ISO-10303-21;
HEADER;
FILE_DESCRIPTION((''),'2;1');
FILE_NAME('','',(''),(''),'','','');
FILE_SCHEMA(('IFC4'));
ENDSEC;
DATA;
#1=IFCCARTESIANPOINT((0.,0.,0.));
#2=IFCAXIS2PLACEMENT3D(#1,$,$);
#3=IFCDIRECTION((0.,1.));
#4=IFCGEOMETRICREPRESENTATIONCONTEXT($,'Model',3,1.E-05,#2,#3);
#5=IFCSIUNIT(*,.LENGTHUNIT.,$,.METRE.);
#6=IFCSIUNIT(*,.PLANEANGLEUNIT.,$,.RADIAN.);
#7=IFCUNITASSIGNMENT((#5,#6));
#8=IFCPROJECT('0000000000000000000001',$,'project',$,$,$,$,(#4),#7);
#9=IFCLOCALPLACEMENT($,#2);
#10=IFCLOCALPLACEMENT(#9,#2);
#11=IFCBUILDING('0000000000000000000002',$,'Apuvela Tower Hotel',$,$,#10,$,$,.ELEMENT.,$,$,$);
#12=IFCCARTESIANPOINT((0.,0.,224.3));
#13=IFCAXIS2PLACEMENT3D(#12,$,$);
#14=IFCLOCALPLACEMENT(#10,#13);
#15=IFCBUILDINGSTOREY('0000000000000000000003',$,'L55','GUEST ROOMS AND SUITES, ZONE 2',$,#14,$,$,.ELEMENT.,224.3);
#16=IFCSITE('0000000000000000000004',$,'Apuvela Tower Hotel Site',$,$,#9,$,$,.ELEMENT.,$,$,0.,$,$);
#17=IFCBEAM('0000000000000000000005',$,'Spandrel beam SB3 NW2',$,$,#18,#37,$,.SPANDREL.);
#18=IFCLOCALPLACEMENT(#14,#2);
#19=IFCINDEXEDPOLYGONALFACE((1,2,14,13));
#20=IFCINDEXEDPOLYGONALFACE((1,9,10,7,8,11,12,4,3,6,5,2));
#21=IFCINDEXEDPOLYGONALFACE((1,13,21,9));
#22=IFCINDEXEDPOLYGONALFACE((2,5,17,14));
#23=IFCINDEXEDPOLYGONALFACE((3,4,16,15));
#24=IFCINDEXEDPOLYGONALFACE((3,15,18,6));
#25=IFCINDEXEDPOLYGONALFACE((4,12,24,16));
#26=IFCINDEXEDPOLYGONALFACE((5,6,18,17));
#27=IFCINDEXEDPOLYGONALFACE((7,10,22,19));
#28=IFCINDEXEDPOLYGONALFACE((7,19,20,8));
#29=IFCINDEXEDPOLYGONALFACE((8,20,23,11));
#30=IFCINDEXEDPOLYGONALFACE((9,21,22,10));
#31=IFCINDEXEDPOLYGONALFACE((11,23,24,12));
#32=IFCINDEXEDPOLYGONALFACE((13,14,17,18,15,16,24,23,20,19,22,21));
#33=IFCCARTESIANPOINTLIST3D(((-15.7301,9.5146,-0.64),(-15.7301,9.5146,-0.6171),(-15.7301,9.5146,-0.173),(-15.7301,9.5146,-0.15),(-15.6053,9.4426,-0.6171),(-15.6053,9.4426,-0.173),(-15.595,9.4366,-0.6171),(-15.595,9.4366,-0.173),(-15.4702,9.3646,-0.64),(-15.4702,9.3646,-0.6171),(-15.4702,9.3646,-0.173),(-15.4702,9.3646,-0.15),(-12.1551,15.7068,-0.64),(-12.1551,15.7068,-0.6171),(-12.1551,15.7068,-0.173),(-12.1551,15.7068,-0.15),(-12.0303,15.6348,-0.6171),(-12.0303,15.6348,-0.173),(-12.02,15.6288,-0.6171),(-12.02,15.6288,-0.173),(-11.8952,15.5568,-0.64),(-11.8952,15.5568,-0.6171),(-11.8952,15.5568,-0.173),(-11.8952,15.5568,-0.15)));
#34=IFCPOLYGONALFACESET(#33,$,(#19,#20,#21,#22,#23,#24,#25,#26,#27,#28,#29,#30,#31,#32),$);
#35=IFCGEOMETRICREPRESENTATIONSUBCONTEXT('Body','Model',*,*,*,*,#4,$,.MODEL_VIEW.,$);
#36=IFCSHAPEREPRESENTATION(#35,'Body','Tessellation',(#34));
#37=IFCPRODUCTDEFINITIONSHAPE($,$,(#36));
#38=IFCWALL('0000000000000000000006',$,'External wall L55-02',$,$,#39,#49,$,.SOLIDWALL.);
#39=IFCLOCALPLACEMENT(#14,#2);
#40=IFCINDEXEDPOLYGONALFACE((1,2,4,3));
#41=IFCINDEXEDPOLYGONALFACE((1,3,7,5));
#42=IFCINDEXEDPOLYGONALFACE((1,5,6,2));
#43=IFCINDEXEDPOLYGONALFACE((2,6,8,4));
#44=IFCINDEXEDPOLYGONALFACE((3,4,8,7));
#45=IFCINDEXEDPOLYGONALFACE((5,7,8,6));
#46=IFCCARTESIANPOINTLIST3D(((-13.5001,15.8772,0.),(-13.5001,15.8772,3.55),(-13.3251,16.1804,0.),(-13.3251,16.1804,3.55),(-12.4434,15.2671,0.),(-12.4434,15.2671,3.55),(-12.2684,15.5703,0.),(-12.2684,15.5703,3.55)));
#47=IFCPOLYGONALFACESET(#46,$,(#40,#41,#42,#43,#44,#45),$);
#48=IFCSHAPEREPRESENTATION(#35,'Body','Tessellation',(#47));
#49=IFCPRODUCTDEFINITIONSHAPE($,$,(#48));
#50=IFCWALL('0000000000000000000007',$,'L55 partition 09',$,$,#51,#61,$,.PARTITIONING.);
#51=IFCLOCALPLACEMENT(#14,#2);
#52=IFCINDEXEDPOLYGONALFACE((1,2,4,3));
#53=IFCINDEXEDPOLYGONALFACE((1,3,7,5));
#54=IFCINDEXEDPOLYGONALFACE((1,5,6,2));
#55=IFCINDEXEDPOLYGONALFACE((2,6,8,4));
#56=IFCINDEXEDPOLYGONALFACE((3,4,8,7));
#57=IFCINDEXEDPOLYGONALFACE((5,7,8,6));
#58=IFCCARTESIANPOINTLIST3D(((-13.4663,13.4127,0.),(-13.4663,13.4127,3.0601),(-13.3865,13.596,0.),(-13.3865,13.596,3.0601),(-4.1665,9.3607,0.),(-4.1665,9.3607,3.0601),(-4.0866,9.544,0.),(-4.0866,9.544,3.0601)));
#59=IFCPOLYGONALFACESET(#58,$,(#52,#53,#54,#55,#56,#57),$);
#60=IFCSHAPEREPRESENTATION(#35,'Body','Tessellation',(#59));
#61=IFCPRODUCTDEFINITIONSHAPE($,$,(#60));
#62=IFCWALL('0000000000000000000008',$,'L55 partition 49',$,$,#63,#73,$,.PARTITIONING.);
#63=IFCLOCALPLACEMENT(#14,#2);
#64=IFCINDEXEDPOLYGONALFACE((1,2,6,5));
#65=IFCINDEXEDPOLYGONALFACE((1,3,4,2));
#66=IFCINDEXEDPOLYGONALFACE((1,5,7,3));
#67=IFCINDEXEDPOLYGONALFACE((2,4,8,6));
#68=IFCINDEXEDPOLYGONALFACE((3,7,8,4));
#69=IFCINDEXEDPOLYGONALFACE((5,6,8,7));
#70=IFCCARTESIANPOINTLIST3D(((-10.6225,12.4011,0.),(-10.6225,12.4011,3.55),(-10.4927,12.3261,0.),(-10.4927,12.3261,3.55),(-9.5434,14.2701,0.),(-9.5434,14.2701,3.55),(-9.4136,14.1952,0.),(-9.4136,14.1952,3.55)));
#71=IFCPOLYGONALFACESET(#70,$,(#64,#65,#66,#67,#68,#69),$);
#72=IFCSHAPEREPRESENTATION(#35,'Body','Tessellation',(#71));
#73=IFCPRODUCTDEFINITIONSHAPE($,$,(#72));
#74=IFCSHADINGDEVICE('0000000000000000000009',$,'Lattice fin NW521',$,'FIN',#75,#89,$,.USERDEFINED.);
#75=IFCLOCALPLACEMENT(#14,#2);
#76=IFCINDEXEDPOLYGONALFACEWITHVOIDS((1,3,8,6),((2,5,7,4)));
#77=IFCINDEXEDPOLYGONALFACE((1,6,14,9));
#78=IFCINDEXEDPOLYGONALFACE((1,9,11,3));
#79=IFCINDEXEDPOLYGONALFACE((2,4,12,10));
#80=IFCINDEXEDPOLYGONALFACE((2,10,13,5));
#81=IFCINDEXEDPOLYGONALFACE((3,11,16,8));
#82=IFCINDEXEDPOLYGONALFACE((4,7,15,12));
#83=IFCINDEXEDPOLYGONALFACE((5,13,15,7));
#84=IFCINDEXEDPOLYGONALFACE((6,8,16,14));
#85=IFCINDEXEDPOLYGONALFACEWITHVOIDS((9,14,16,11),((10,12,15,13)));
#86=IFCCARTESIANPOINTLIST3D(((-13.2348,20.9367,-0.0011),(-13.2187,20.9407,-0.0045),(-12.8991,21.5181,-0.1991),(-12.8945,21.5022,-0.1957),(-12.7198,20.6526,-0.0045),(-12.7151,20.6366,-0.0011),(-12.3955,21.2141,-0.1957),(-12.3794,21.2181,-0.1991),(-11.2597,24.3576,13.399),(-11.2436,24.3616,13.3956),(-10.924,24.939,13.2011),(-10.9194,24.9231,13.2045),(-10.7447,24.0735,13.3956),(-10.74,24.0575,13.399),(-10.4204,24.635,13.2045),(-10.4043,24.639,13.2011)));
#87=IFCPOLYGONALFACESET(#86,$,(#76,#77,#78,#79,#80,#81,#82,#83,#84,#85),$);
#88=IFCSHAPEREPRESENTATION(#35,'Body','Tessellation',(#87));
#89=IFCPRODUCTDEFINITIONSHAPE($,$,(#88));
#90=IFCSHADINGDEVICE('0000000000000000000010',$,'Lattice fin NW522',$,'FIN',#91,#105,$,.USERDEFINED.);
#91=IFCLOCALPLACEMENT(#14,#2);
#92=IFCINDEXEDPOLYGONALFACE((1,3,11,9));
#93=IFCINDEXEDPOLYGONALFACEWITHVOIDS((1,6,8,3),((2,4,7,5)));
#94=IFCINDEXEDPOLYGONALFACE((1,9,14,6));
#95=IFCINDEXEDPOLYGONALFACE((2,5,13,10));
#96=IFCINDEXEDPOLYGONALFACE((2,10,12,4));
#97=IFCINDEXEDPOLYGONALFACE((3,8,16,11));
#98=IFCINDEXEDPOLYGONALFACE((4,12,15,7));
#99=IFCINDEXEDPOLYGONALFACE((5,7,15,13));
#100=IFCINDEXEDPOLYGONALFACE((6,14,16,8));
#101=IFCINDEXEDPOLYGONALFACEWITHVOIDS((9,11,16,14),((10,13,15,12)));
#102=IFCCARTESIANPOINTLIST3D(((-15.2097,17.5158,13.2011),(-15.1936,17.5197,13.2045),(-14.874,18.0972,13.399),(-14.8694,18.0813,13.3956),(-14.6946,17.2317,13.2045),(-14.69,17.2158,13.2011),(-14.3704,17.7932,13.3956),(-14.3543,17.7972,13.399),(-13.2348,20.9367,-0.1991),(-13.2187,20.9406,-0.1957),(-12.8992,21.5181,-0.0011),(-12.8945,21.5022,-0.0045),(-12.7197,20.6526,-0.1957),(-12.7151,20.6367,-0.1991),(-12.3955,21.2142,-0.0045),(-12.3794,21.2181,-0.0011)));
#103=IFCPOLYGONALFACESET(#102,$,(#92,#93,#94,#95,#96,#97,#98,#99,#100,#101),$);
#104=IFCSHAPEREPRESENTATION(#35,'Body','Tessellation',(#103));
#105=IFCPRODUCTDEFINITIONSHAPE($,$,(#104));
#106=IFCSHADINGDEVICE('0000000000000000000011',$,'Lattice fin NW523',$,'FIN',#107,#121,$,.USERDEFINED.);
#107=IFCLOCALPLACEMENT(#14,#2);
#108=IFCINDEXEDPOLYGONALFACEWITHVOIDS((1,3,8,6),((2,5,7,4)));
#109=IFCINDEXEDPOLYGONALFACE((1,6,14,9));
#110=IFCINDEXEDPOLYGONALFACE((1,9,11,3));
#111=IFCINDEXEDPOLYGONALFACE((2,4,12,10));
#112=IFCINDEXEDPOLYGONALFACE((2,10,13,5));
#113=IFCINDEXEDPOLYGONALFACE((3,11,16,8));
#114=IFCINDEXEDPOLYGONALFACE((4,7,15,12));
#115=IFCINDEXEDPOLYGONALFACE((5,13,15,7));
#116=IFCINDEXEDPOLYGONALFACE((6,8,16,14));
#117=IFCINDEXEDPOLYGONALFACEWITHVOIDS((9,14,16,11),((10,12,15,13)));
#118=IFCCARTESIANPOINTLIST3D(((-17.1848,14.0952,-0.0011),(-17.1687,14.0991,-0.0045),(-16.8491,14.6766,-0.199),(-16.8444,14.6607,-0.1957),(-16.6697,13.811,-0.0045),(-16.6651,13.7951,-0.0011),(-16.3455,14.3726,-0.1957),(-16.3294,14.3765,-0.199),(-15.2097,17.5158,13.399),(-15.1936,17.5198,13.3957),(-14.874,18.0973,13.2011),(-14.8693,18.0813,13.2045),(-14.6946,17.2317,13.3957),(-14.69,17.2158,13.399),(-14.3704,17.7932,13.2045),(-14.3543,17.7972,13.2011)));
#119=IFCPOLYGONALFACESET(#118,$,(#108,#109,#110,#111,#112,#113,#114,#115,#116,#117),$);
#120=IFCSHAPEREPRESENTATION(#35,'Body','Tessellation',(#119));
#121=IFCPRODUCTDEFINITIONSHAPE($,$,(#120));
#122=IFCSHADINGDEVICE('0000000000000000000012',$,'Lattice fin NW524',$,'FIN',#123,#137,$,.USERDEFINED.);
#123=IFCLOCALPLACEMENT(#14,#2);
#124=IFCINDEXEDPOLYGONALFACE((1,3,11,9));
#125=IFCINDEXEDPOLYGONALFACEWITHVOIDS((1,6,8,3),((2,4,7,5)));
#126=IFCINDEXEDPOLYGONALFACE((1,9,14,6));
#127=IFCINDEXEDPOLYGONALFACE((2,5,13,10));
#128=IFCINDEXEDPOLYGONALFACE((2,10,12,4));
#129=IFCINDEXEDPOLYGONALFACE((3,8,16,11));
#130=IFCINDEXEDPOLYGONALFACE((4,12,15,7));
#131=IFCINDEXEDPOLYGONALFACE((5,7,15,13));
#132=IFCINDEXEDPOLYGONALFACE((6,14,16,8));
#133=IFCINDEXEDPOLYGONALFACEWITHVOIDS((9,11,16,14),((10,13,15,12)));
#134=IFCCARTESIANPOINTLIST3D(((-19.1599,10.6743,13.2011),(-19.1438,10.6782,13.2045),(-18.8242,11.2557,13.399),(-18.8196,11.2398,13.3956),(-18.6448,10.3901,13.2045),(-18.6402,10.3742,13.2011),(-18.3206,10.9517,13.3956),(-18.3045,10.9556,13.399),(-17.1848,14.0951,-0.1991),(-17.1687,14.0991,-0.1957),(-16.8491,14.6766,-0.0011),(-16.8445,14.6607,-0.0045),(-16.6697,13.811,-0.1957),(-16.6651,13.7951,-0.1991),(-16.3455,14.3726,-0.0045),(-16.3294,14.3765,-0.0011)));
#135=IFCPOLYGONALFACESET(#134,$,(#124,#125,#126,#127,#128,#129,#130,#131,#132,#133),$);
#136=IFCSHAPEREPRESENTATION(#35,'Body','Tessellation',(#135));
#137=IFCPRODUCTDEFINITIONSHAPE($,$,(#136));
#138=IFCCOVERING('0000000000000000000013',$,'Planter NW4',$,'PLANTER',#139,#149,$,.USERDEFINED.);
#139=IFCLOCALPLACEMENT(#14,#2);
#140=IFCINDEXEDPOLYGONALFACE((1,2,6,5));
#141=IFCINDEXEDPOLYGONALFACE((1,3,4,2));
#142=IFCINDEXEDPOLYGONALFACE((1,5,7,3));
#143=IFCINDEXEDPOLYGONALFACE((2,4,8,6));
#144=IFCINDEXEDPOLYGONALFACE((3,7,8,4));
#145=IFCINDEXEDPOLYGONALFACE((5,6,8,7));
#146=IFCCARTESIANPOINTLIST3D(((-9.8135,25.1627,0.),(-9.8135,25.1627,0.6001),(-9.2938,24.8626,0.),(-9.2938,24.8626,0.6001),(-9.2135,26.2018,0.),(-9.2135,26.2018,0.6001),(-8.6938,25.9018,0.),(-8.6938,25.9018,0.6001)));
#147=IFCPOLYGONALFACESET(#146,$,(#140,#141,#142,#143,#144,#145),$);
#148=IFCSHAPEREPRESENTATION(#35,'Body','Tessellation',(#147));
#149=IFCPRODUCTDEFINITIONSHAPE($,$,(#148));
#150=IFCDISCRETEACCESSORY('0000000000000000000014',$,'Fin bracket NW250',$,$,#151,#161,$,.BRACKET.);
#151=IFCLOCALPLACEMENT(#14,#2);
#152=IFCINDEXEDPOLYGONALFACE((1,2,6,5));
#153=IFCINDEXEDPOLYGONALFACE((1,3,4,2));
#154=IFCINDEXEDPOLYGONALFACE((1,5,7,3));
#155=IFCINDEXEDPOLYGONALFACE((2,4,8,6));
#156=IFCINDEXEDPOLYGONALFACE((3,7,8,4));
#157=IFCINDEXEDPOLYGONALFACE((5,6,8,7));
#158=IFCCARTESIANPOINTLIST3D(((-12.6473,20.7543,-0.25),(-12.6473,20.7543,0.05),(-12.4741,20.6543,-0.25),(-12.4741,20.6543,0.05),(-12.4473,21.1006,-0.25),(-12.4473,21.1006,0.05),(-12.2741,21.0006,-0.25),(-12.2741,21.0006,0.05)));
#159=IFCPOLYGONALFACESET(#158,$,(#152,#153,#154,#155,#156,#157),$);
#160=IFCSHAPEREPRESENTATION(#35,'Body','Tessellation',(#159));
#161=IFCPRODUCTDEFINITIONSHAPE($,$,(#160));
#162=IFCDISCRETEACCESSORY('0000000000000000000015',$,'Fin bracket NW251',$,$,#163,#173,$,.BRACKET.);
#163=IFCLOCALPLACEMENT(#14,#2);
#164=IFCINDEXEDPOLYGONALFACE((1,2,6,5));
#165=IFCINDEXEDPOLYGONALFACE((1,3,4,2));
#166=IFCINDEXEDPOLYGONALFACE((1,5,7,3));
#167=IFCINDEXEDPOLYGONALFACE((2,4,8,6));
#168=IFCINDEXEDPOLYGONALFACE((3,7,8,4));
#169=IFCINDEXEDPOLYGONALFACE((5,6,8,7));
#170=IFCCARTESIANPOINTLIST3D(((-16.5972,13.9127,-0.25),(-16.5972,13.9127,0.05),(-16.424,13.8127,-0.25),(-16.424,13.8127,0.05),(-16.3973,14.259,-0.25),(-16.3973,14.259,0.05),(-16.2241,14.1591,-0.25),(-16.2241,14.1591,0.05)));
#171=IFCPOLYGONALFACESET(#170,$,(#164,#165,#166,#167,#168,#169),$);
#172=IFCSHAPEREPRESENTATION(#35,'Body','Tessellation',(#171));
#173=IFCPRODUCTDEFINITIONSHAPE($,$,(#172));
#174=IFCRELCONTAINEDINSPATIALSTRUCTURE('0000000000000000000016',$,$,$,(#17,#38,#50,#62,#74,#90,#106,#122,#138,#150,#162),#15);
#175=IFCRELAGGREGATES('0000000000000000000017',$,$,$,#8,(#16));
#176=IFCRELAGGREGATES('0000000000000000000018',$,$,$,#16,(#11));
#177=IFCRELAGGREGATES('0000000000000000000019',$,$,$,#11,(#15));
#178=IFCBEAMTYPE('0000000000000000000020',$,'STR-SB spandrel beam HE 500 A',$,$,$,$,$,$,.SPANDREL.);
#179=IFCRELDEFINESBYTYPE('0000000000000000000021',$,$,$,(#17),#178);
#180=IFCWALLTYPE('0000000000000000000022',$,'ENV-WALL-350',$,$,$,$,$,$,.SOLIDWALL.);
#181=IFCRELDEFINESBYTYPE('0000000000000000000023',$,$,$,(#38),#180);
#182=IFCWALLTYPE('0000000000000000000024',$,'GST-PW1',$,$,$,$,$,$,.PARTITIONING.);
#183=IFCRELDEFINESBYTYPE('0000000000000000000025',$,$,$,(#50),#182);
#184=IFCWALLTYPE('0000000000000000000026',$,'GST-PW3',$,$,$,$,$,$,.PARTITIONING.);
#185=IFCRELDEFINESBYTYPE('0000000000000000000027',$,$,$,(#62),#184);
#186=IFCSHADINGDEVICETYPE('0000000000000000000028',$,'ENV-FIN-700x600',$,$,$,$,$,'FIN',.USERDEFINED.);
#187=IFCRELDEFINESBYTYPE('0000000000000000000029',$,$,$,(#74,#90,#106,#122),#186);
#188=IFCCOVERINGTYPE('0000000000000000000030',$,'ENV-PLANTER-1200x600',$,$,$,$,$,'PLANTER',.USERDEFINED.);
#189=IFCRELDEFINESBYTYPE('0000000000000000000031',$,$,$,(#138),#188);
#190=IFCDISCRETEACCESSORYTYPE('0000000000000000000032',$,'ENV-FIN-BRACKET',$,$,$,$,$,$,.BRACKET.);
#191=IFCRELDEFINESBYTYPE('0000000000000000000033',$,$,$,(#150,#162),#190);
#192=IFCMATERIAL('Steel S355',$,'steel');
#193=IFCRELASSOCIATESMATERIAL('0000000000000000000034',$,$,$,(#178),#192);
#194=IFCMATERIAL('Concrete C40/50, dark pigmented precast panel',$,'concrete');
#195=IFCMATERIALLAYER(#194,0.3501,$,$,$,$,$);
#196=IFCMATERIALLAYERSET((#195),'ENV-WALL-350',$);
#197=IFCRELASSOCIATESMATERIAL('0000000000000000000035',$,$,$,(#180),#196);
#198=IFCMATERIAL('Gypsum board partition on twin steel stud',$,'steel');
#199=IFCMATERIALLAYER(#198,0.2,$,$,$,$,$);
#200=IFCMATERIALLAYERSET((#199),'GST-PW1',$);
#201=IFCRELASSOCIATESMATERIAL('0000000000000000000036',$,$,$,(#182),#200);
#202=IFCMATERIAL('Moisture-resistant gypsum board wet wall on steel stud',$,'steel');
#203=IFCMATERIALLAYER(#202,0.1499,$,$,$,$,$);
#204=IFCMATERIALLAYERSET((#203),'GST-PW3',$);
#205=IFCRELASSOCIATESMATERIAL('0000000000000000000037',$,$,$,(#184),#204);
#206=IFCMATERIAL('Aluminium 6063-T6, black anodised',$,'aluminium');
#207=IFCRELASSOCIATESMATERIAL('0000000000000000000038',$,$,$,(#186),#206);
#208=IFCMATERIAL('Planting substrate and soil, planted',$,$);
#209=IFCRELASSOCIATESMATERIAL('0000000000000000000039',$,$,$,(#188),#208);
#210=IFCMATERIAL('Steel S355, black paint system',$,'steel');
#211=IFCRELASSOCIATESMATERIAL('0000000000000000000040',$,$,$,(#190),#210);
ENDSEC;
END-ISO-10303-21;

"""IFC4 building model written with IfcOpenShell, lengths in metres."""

from ifc_helpers import new_model, si_unit, direction, frame, frame_2d, origin, origin_2d, place, context, subcontext, project, spatial, rectangle, hollow_rectangle, i_section, extrude, material, layer, layer_set, material_profile, profile_set, type_object, element, save


model = new_model("IFC4")

# Units and contexts
model_context = context("Model", 3, precision=1e-05, world=origin(), true_north=direction((0.0, 1.0)))
body_context = subcontext(model_context, "Body", "Model", "MODEL_VIEW")
ifc_project = project(units=[si_unit("LENGTHUNIT", "METRE"), si_unit("PLANEANGLEUNIT", "RADIAN")], contexts=[model_context])

# Site, building, storey
site_placement = place(None, origin())
site = spatial("IfcSite", under=ifc_project, at=site_placement, Name="Apuvela Tower Hotel Site", CompositionType="ELEMENT", RefElevation=0.0)
building_placement = place(site_placement, origin())
building = spatial("IfcBuilding", under=site, at=building_placement, Name="Apuvela Tower Hotel", CompositionType="ELEMENT")
storey_placement = place(building_placement, frame((0.0, 0.0, 224.3)))
storey = spatial("IfcBuildingStorey", under=building, at=storey_placement, Name="L55", Description="GUEST ROOMS AND SUITES, ZONE 2", CompositionType="ELEMENT", Elevation=224.3)

# Beam
ifc_material_1 = material(Name="Steel S355", Category="steel")
ifc_material_profile_1 = material_profile(ifc_material_1, i_section(OverallWidth=0.3, OverallDepth=0.49, WebThickness=0.012, FlangeThickness=0.0229, at=origin_2d()), Name="HE 500 A")
ifc_profile_set_1 = profile_set([ifc_material_profile_1], Name="Steel S355")
beam_type_1 = type_object("IfcBeamType", Name="STR-SB spandrel beam HE 500 A", PredefinedType="SPANDREL", material=ifc_profile_set_1)
beam_1_placement = place(storey_placement, frame((-12.0251, 15.6318, -0.395), z_axis=(-0.499991, -0.86603, 0.0), x_axis=(0.86603, -0.499991, 0.0)))
element("IfcBeam", 1, at=beam_1_placement, inside=storey, type_object=beam_type_1, Name="Spandrel beam SB3 NW2", PredefinedType="SPANDREL", context=body_context, shape_type="SweptSolid", body=[
    extrude(i_section(OverallWidth=0.3, OverallDepth=0.49, WebThickness=0.012, FlangeThickness=0.0229, at=origin_2d()), origin(), (0.0, 0.0, 1.0), 7.1501),
])

# Wall
ifc_material_2 = material(Name="Concrete C40/50, dark pigmented precast panel", Category="concrete")
ifc_layer_1 = layer(ifc_material_2, 0.3501)
ifc_layer_set_1 = layer_set([ifc_layer_1], Name="ENV-WALL-350")
wall_type_1 = type_object("IfcWallType", Name="ENV-WALL-350", PredefinedType="SOLIDWALL", material=ifc_layer_set_1)
wall_1_placement = place(storey_placement, frame((-13.4126, 16.0288, 0.0), z_axis=(0.0, 0.0, 1.0), x_axis=(0.866006, -0.500034, 0.0)))
element("IfcWall", 2, at=wall_1_placement, inside=storey, type_object=wall_type_1, Name="External wall L55-02", PredefinedType="SOLIDWALL", context=body_context, shape_type="SweptSolid", body=[
    extrude(rectangle(XDim=1.2202, YDim=0.3501, at=frame_2d((0.6101, 0.0))), origin(), (0.0, 0.0, 1.0), 3.55),
])

# Walls
ifc_material_3 = material(Name="Gypsum board partition on twin steel stud", Category="steel")
ifc_layer_2 = layer(ifc_material_3, 0.2)
ifc_layer_set_2 = layer_set([ifc_layer_2], Name="GST-PW1")
wall_type_2 = type_object("IfcWallType", Name="GST-PW1", PredefinedType="PARTITIONING", material=ifc_layer_set_2)
wall_2_placement = place(storey_placement, frame((-13.4265, 13.5044, 0.0), z_axis=(0.0, 0.0, 1.0), x_axis=(0.916759, -0.39944, 0.0)))
element("IfcWall", 3, at=wall_2_placement, inside=storey, type_object=wall_type_2, Name="L55 partition 09", PredefinedType="PARTITIONING", context=body_context, shape_type="SweptSolid", body=[
    extrude(rectangle(XDim=10.1443, YDim=0.2, at=frame_2d((5.0723, 0.0))), origin(), (0.0, 0.0, 1.0), 3.0601),
])
ifc_material_4 = material(Name="Moisture-resistant gypsum board wet wall on steel stud", Category="steel")
ifc_layer_3 = layer(ifc_material_4, 0.1499)
ifc_layer_set_3 = layer_set([ifc_layer_3], Name="GST-PW3")
wall_type_3 = type_object("IfcWallType", Name="GST-PW3", PredefinedType="PARTITIONING", material=ifc_layer_set_3)
wall_3_placement = place(storey_placement, frame((-9.4785, 14.2327, 0.0), z_axis=(0.0, 0.0, 1.0), x_axis=(-0.499984, -0.866035, 0.0)))
element("IfcWall", 4, at=wall_3_placement, inside=storey, type_object=wall_type_3, Name="L55 partition 49", PredefinedType="PARTITIONING", context=body_context, shape_type="SweptSolid", body=[
    extrude(rectangle(XDim=2.1582, YDim=0.1499, at=frame_2d((1.0791, 0.0))), origin(), (0.0, 0.0, 1.0), 3.55),
])

# Shading devices
ifc_material_5 = material(Name="Aluminium 6063-T6, black anodised", Category="aluminium")
ifc_material_profile_2 = material_profile(ifc_material_5, hollow_rectangle(XDim=0.6001, YDim=0.7, WallThickness=0.012, at=origin_2d()), Name="AL BOX 700x600x12")
ifc_profile_set_2 = profile_set([ifc_material_profile_2], Name="Aluminium 6063-T6, black anodised")
shading_device_type = type_object("IfcShadingDeviceType", Name="ENV-FIN-700x600", ElementType="FIN", PredefinedType="USERDEFINED", material=ifc_profile_set_2)
for number, where, z_axis, x_axis, name in (
    (5, (-12.8071, 21.0774, -0.1001), (0.141379, 0.24487, 0.959193), (-0.866021, 0.500008, 0.0), "Lattice fin NW521"),
    (6, (-12.8071, 21.0774, -0.1001), (-0.141362, -0.244871, 0.959195), (0.866048, -0.499961, 0.0), "Lattice fin NW522"),
    (7, (-16.7571, 14.2358, -0.1001), (0.14138, 0.244854, 0.959197), (-0.866005, 0.500035, 0.0), "Lattice fin NW523"),
    (8, (-16.7571, 14.2358, -0.1001), (-0.141379, -0.24487, 0.959193), (0.866021, -0.500008, 0.0), "Lattice fin NW524"),
):
    element("IfcShadingDevice", number, at=place(storey_placement, frame(where, z_axis=z_axis, x_axis=x_axis)), inside=storey, type_object=shading_device_type, Name=name, ObjectType="FIN", PredefinedType="USERDEFINED", context=body_context, shape_type="SweptSolid", body=[
        extrude(hollow_rectangle(XDim=0.6001, YDim=0.7, WallThickness=0.012, at=origin_2d()), origin(), (0.0, 0.0, 1.0), 13.9702),
    ])

# Covering
ifc_material_6 = material(Name="Planting substrate and soil, planted")
covering_type = type_object("IfcCoveringType", Name="ENV-PLANTER-1200x600", ElementType="PLANTER", PredefinedType="USERDEFINED", material=ifc_material_6)
covering_placement = place(storey_placement, frame((-9.2537, 25.5322, 0.0), z_axis=(0.0, 0.0, 1.0), x_axis=(-0.5, -0.866025, 0.0)))
element("IfcCovering", 9, at=covering_placement, inside=storey, type_object=covering_type, Name="Planter NW4", ObjectType="PLANTER", PredefinedType="USERDEFINED", context=body_context, shape_type="SweptSolid", body=[
    extrude(rectangle(XDim=1.2, YDim=0.6001, at=origin_2d()), origin(), (0.0, 0.0, 1.0), 0.6001),
])

# Discrete accessories
ifc_material_7 = material(Name="Steel S355, black paint system", Category="steel")
discrete_accessory_type = type_object("IfcDiscreteAccessoryType", Name="ENV-FIN-BRACKET", PredefinedType="BRACKET", material=ifc_material_7)
for number, where, z_axis, x_axis, name in (
    (10, (-12.4607, 20.8774, -0.25), (0.0, 0.0, 1.0), (-0.5, -0.866025, 0.0), "Fin bracket NW250"),
    (11, (-16.4106, 14.0359, -0.25), (0.0, 0.0, 1.0), (-0.5, -0.866025, 0.0), "Fin bracket NW251"),
):
    element("IfcDiscreteAccessory", number, at=place(storey_placement, frame(where, z_axis=z_axis, x_axis=x_axis)), inside=storey, type_object=discrete_accessory_type, Name=name, PredefinedType="BRACKET", context=body_context, shape_type="SweptSolid", body=[
        extrude(rectangle(XDim=0.3999, YDim=0.2, at=origin_2d()), origin(), (0.0, 0.0, 1.0), 0.3),
    ])

save(model, "model.ifc")
